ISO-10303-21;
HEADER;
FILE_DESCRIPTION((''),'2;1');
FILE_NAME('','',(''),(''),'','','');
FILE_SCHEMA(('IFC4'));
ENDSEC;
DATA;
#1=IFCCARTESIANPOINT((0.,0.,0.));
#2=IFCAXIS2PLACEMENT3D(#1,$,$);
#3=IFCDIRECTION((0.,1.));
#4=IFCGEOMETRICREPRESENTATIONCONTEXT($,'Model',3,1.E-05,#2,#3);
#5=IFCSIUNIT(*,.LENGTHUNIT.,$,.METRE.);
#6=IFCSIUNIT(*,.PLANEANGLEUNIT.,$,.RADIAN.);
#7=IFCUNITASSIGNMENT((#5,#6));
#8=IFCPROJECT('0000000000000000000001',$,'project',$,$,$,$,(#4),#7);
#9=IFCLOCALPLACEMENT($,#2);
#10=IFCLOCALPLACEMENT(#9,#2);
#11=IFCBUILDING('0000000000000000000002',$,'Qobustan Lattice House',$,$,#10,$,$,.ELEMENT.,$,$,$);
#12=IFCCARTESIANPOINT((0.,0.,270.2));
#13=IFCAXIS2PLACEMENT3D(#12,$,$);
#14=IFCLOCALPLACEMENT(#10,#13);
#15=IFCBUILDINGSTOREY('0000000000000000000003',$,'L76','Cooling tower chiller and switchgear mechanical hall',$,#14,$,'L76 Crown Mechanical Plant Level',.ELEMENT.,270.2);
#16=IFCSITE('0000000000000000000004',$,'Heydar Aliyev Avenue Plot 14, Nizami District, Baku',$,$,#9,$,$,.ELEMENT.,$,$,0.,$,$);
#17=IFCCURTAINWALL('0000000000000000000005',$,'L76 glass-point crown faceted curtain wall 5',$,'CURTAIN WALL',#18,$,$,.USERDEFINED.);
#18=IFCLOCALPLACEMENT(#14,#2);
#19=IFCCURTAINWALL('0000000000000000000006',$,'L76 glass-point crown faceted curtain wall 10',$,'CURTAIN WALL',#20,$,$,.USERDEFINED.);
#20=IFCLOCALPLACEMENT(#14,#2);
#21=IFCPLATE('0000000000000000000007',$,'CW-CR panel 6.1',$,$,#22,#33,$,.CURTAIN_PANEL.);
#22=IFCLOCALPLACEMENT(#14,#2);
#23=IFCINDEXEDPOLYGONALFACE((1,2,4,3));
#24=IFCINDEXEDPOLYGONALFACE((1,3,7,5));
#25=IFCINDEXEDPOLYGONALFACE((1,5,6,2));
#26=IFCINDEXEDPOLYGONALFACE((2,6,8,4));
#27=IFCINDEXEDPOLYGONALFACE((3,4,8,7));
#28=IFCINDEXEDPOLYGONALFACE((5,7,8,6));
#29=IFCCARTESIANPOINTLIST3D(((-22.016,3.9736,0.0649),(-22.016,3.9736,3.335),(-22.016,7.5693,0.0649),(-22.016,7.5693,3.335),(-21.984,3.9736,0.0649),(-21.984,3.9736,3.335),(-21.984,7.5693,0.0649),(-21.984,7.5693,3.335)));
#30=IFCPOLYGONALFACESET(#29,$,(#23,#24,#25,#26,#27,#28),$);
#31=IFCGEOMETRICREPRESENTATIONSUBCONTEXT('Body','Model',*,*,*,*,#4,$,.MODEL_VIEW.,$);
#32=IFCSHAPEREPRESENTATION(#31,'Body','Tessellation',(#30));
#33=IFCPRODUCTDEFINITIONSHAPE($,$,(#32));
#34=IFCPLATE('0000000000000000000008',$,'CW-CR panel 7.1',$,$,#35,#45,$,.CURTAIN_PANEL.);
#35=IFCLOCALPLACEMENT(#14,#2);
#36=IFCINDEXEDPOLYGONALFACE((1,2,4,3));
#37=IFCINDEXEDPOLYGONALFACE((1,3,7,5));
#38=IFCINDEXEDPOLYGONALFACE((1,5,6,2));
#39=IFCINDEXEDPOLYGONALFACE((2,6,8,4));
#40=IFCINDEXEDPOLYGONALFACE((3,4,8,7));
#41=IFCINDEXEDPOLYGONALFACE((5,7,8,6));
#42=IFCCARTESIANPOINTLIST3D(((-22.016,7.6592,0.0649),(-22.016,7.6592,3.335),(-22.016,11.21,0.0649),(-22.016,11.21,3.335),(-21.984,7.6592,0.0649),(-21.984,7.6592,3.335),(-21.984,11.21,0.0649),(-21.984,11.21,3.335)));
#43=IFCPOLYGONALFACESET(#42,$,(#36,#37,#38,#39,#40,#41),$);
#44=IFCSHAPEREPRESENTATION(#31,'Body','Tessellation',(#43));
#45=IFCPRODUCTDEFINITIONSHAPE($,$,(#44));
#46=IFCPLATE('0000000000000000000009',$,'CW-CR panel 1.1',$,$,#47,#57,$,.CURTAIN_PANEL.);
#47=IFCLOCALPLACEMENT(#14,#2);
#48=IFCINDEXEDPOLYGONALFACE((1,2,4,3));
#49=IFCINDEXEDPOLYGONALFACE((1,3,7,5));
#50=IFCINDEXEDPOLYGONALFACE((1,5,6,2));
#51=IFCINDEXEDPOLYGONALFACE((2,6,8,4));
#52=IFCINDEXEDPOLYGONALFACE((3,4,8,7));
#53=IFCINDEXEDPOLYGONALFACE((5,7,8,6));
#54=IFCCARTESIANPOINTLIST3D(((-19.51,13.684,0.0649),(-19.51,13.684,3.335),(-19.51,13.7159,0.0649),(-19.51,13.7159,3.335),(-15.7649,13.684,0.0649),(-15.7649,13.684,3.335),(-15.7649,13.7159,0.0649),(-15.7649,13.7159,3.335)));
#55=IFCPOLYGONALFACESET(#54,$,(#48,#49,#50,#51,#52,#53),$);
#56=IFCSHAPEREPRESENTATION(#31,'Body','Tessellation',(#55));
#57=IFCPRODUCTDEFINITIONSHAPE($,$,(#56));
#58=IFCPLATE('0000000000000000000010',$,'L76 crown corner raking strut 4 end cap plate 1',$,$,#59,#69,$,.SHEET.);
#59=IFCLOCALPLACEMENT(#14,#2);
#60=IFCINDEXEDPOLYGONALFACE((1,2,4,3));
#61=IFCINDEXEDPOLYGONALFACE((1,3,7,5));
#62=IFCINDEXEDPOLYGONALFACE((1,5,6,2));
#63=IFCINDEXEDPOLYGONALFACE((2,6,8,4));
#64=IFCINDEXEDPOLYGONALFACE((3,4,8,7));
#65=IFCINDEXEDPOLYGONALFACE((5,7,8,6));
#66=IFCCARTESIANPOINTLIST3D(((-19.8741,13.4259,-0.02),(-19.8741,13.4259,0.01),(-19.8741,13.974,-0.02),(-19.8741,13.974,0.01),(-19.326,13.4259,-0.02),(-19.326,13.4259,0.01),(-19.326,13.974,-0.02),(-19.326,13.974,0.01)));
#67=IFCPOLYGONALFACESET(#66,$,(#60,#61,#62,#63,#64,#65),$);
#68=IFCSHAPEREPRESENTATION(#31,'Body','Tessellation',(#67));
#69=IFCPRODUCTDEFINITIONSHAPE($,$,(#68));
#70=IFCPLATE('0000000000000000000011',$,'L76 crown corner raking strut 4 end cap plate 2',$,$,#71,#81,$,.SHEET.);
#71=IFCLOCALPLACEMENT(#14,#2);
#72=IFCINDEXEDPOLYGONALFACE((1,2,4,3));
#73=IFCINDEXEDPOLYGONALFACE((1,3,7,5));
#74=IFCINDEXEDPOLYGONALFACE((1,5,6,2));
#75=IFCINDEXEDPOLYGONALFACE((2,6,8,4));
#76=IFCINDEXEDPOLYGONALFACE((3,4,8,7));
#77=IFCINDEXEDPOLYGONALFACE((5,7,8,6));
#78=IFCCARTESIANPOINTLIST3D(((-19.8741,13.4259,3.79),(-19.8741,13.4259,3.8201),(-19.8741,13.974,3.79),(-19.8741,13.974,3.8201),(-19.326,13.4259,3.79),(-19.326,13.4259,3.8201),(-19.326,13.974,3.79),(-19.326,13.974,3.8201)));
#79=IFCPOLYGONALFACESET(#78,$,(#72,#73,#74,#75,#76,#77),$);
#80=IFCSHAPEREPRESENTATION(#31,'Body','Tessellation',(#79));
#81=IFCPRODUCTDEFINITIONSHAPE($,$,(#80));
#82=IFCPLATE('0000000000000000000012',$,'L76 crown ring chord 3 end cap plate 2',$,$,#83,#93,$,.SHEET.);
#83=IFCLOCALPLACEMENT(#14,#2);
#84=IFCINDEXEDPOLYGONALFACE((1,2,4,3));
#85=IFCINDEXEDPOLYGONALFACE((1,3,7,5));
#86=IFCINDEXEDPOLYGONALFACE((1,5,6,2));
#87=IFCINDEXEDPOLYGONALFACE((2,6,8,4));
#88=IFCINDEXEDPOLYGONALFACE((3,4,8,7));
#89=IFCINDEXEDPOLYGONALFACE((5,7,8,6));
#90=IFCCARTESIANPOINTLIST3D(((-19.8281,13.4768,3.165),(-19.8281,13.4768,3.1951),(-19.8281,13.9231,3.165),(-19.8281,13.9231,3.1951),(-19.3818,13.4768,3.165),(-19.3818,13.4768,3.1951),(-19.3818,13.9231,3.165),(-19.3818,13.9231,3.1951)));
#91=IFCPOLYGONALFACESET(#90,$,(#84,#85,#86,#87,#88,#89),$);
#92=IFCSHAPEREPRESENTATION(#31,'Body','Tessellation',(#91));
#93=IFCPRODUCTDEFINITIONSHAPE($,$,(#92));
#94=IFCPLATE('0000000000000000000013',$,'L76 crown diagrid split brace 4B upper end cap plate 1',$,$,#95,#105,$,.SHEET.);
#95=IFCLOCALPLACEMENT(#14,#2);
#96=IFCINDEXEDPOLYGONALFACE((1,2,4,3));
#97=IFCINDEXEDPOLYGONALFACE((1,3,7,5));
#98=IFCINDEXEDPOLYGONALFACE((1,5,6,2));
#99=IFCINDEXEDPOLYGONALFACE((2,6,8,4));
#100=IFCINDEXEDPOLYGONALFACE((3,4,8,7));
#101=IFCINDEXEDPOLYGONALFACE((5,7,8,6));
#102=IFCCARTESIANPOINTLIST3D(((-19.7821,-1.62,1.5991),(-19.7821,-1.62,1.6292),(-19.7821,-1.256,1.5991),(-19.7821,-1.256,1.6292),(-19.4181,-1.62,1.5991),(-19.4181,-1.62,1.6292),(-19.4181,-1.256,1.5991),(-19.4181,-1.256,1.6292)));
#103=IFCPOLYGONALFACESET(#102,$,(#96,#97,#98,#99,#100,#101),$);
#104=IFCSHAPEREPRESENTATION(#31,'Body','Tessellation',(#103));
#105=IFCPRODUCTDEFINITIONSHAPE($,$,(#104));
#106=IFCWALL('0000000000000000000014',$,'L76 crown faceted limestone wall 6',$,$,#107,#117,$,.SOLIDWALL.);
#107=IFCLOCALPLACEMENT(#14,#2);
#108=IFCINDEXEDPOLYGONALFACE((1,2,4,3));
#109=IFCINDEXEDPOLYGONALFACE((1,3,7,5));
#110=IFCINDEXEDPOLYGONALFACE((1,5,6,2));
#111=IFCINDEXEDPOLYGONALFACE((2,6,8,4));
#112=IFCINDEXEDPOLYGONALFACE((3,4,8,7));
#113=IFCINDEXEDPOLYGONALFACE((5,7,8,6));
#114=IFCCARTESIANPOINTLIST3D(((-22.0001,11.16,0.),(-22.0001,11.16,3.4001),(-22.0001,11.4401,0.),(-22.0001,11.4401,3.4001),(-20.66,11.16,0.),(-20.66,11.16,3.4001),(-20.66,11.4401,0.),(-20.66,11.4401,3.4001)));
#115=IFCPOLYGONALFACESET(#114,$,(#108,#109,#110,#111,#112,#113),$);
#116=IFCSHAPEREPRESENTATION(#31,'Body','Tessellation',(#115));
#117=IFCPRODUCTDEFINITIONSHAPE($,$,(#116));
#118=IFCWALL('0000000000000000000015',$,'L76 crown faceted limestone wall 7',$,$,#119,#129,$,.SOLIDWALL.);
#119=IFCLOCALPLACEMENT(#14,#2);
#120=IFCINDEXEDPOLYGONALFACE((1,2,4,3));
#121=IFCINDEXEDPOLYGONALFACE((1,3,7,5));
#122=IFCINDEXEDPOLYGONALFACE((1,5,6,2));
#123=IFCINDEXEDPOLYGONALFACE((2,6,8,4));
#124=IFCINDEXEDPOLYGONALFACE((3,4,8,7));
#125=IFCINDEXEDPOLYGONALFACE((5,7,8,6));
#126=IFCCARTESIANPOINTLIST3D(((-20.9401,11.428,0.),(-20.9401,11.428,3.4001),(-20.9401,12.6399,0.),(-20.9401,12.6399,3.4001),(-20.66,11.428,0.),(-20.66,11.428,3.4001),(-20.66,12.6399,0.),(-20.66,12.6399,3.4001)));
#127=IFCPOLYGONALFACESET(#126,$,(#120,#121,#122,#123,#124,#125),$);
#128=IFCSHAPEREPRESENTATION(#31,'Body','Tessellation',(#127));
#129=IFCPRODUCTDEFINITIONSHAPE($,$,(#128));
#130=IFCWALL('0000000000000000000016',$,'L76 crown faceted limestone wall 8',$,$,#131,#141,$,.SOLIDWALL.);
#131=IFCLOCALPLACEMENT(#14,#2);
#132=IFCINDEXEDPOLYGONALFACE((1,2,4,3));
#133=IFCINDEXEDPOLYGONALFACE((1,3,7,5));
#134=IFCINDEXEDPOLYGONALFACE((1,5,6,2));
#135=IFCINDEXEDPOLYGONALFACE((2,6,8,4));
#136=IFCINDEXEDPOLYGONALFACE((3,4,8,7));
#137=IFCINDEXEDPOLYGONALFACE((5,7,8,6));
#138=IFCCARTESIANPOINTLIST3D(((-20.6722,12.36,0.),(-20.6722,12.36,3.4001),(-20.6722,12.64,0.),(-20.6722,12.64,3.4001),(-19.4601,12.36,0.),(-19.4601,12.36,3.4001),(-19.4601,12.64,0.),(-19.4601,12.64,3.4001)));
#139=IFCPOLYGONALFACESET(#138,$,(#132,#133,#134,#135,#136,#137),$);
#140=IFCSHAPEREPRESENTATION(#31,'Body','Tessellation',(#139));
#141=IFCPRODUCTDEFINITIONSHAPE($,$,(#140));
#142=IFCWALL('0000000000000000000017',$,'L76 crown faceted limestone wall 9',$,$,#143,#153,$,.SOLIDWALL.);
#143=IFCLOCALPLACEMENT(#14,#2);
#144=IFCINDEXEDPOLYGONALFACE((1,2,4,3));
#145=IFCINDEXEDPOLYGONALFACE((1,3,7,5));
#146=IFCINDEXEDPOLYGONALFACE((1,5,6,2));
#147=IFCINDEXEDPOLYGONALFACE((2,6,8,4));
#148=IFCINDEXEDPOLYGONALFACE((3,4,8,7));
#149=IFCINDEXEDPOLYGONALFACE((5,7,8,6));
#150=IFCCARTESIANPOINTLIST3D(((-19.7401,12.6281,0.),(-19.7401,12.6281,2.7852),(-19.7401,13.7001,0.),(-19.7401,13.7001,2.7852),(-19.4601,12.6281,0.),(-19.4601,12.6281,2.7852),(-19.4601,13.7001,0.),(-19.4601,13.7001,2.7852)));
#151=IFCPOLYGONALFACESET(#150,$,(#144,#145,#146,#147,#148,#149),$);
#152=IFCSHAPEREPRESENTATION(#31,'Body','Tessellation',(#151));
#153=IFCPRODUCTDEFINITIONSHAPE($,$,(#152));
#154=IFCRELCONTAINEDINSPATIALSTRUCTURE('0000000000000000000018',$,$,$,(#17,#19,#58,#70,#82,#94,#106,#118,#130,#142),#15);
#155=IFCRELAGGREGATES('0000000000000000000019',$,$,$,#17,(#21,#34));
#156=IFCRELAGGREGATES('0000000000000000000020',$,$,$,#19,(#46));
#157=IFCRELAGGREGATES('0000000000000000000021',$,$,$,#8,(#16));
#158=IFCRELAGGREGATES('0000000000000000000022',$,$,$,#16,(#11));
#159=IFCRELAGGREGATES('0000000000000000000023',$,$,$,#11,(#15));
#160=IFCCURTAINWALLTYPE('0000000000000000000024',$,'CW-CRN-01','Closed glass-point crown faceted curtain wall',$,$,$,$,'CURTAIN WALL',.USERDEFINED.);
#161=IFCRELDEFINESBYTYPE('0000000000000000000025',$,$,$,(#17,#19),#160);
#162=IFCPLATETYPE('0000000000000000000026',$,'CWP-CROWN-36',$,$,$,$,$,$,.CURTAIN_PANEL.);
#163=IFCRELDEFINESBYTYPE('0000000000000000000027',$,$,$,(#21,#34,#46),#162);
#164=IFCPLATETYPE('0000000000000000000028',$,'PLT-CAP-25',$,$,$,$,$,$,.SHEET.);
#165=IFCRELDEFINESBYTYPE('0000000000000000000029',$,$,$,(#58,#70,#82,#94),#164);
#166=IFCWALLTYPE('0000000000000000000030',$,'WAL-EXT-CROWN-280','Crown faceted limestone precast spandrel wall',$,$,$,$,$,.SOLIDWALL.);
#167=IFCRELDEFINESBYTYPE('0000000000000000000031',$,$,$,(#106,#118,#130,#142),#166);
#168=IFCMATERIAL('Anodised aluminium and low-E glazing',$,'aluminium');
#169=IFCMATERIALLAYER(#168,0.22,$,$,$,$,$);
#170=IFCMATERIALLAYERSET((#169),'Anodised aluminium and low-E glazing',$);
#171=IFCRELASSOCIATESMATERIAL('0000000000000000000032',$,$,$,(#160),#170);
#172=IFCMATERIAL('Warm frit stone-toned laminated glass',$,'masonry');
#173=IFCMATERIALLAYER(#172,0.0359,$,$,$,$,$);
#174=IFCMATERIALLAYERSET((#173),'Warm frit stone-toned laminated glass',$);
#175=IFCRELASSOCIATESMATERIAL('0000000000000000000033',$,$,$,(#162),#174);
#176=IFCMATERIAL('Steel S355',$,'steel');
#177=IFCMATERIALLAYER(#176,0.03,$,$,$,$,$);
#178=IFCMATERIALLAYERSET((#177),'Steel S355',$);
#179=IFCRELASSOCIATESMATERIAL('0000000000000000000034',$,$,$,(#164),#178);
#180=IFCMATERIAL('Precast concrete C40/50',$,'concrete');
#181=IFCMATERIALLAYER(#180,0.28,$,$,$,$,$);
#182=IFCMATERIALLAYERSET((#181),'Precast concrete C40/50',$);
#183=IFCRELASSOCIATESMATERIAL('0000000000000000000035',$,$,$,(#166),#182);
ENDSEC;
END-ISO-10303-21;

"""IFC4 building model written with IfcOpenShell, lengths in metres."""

from ifc_helpers import new_model, si_unit, direction, frame, frame_2d, origin, origin_2d, place, context, subcontext, project, spatial, rectangle, extrude, material, layer, layer_set, type_object, element, aggregate, save


model = new_model("IFC4")

# Units and contexts
model_context = context("Model", 3, precision=1e-05, world=origin(), true_north=direction((0.0, 1.0)))
body_context = subcontext(model_context, "Body", "Model", "MODEL_VIEW")
ifc_project = project(units=[si_unit("LENGTHUNIT", "METRE"), si_unit("PLANEANGLEUNIT", "RADIAN")], contexts=[model_context])

# Site, building, storey
site_placement = place(None, origin())
site = spatial("IfcSite", under=ifc_project, at=site_placement, Name="Heydar Aliyev Avenue Plot 14, Nizami District, Baku", CompositionType="ELEMENT", RefElevation=0.0)
building_placement = place(site_placement, origin())
building = spatial("IfcBuilding", under=site, at=building_placement, Name="Qobustan Lattice House", CompositionType="ELEMENT")
storey_placement = place(building_placement, frame((0.0, 0.0, 270.2)))
storey = spatial("IfcBuildingStorey", under=building, at=storey_placement, Name="L76", Description="Cooling tower chiller and switchgear mechanical hall", LongName="L76 Crown Mechanical Plant Level", CompositionType="ELEMENT", Elevation=270.2)

# Curtain wall
ifc_material_1 = material(Name="Anodised aluminium and low-E glazing", Category="aluminium")
ifc_layer_1 = layer(ifc_material_1, 0.22)
ifc_layer_set_1 = layer_set([ifc_layer_1], Name="Anodised aluminium and low-E glazing")
curtain_wall_type = type_object("IfcCurtainWallType", Name="CW-CRN-01", Description="Closed glass-point crown faceted curtain wall", ElementType="CURTAIN WALL", PredefinedType="USERDEFINED", material=ifc_layer_set_1)
curtain_wall_1_placement = place(storey_placement, origin())
curtain_wall_1 = element("IfcCurtainWall", 1, at=curtain_wall_1_placement, inside=storey, type_object=curtain_wall_type, Name="L76 glass-point crown faceted curtain wall 5", ObjectType="CURTAIN WALL", PredefinedType="USERDEFINED")

# Curtain wall
curtain_wall_2_placement = place(storey_placement, origin())
curtain_wall_2 = element("IfcCurtainWall", 2, at=curtain_wall_2_placement, inside=storey, type_object=curtain_wall_type, Name="L76 glass-point crown faceted curtain wall 10", ObjectType="CURTAIN WALL", PredefinedType="USERDEFINED")

# Plates
ifc_material_2 = material(Name="Warm frit stone-toned laminated glass", Category="masonry")
ifc_layer_2 = layer(ifc_material_2, 0.0359)
ifc_layer_set_2 = layer_set([ifc_layer_2], Name="Warm frit stone-toned laminated glass")
plate_type_1 = type_object("IfcPlateType", Name="CWP-CROWN-36", PredefinedType="CURTAIN_PANEL", material=ifc_layer_set_2)
plate_1_placement = place(storey_placement, frame((-22.0, 5.7715, 0.0649), z_axis=(0.0, 0.0, 1.0), x_axis=(0.0, 1.0, 0.0)))
plate_1 = element("IfcPlate", 3, at=plate_1_placement, type_object=plate_type_1, Name="CW-CR panel 6.1", PredefinedType="CURTAIN_PANEL", context=body_context, shape_type="SweptSolid", body=[
    extrude(rectangle(XDim=3.5957, YDim=0.032, at=origin_2d()), origin(), (0.0, 0.0, 1.0), 3.27),
])
plate_2_placement = place(storey_placement, frame((-22.0, 9.4346, 0.0649), z_axis=(0.0, 0.0, 1.0), x_axis=(0.0, 1.0, 0.0)))
plate_2 = element("IfcPlate", 4, at=plate_2_placement, type_object=plate_type_1, Name="CW-CR panel 7.1", PredefinedType="CURTAIN_PANEL", context=body_context, shape_type="SweptSolid", body=[
    extrude(rectangle(XDim=3.5508, YDim=0.032, at=origin_2d()), origin(), (0.0, 0.0, 1.0), 3.27),
])
aggregate(curtain_wall_1, [plate_1, plate_2])
plate_3_placement = place(storey_placement, frame((-17.6375, 13.7, 0.0649), z_axis=(0.0, 0.0, 1.0), x_axis=(1.0, 0.0, 0.0)))
plate_3 = element("IfcPlate", 5, at=plate_3_placement, type_object=plate_type_1, Name="CW-CR panel 1.1", PredefinedType="CURTAIN_PANEL", context=body_context, shape_type="SweptSolid", body=[
    extrude(rectangle(XDim=3.7451, YDim=0.032, at=origin_2d()), origin(), (0.0, 0.0, 1.0), 3.27),
])
aggregate(curtain_wall_2, [plate_3])

# Plates
ifc_material_3 = material(Name="Steel S355", Category="steel")
ifc_layer_3 = layer(ifc_material_3, 0.03)
ifc_layer_set_3 = layer_set([ifc_layer_3], Name="Steel S355")
plate_type_2 = type_object("IfcPlateType", Name="PLT-CAP-25", PredefinedType="SHEET", material=ifc_layer_set_3)
for number, where, z_axis, x_axis, name in (
    (6, (-19.6001, 13.7, -0.02), (0.0, 0.0, 1.0), (1.0, 0.0, 0.0), "L76 crown corner raking strut 4 end cap plate 1"),
    (7, (-19.6001, 13.7, 3.79), (0.0, 0.0, 1.0), (1.0, 0.0, 0.0), "L76 crown corner raking strut 4 end cap plate 2"),
):
    element("IfcPlate", number, at=place(storey_placement, frame(where, z_axis=z_axis, x_axis=x_axis)), inside=storey, type_object=plate_type_2, Name=name, PredefinedType="SHEET", context=body_context, shape_type="SweptSolid", body=[
        extrude(rectangle(XDim=0.5481, YDim=0.5481, at=origin_2d()), origin(), (0.0, 0.0, 1.0), 0.03),
    ])
plate_4_placement = place(storey_placement, frame((-19.605, 13.7, 3.165), z_axis=(0.0, 0.0, 1.0), x_axis=(-1.0, 0.0, 0.0)))
element("IfcPlate", 8, at=plate_4_placement, inside=storey, type_object=plate_type_2, Name="L76 crown ring chord 3 end cap plate 2", PredefinedType="SHEET", context=body_context, shape_type="SweptSolid", body=[
    extrude(rectangle(XDim=0.4463, YDim=0.4463, at=origin_2d()), origin(), (0.0, 0.0, 1.0), 0.03),
])
plate_5_placement = place(storey_placement, frame((-19.6001, -1.438, 1.5991), z_axis=(0.0, 0.0, 1.0), x_axis=(0.0, 1.0, 0.0)))
element("IfcPlate", 9, at=plate_5_placement, inside=storey, type_object=plate_type_2, Name="L76 crown diagrid split brace 4B upper end cap plate 1", PredefinedType="SHEET", context=body_context, shape_type="SweptSolid", body=[
    extrude(rectangle(XDim=0.364, YDim=0.364, at=origin_2d()), origin(), (0.0, 0.0, 1.0), 0.03),
])

# Walls
ifc_material_4 = material(Name="Precast concrete C40/50", Category="concrete")
ifc_layer_4 = layer(ifc_material_4, 0.28)
ifc_layer_set_4 = layer_set([ifc_layer_4], Name="Precast concrete C40/50")
wall_type = type_object("IfcWallType", Name="WAL-EXT-CROWN-280", Description="Crown faceted limestone precast spandrel wall", PredefinedType="SOLIDWALL", material=ifc_layer_set_4)
wall_1_placement = place(storey_placement, frame((-22.0, 11.3, 0.0), z_axis=(0.0, 0.0, 1.0), x_axis=(1.0, 0.0, 0.0)))
element("IfcWall", 10, at=wall_1_placement, inside=storey, type_object=wall_type, Name="L76 crown faceted limestone wall 6", PredefinedType="SOLIDWALL", context=body_context, shape_type="SweptSolid", body=[
    extrude(rectangle(XDim=1.3401, YDim=0.28, at=frame_2d((0.6699, 0.0))), origin(), (0.0, 0.0, 1.0), 3.4001),
])
wall_2_placement = place(storey_placement, frame((-20.8, 11.428, 0.0), z_axis=(0.0, 0.0, 1.0), x_axis=(0.0, 1.0, 0.0)))
element("IfcWall", 11, at=wall_2_placement, inside=storey, type_object=wall_type, Name="L76 crown faceted limestone wall 7", PredefinedType="SOLIDWALL", context=body_context, shape_type="SweptSolid", body=[
    extrude(rectangle(XDim=1.2119, YDim=0.28, at=frame_2d((0.606, 0.0))), origin(), (0.0, 0.0, 1.0), 3.4001),
])
wall_3_placement = place(storey_placement, frame((-20.6721, 12.5, 0.0), z_axis=(0.0, 0.0, 1.0), x_axis=(1.0, 0.0, 0.0)))
element("IfcWall", 12, at=wall_3_placement, inside=storey, type_object=wall_type, Name="L76 crown faceted limestone wall 8", PredefinedType="SOLIDWALL", context=body_context, shape_type="SweptSolid", body=[
    extrude(rectangle(XDim=1.2122, YDim=0.28, at=frame_2d((0.606, 0.0))), origin(), (0.0, 0.0, 1.0), 3.4001),
])
wall_4_placement = place(storey_placement, frame((-19.6001, 12.6279, 0.0), z_axis=(0.0, 0.0, 1.0), x_axis=(0.0, 1.0, 0.0)))
element("IfcWall", 13, at=wall_4_placement, inside=storey, type_object=wall_type, Name="L76 crown faceted limestone wall 9", PredefinedType="SOLIDWALL", context=body_context, shape_type="SweptSolid", body=[
    extrude(rectangle(XDim=1.072, YDim=0.28, at=frame_2d((0.5361, 0.0))), origin(), (0.0, 0.0, 1.0), 2.7852),
])

save(model, "model.ifc")
